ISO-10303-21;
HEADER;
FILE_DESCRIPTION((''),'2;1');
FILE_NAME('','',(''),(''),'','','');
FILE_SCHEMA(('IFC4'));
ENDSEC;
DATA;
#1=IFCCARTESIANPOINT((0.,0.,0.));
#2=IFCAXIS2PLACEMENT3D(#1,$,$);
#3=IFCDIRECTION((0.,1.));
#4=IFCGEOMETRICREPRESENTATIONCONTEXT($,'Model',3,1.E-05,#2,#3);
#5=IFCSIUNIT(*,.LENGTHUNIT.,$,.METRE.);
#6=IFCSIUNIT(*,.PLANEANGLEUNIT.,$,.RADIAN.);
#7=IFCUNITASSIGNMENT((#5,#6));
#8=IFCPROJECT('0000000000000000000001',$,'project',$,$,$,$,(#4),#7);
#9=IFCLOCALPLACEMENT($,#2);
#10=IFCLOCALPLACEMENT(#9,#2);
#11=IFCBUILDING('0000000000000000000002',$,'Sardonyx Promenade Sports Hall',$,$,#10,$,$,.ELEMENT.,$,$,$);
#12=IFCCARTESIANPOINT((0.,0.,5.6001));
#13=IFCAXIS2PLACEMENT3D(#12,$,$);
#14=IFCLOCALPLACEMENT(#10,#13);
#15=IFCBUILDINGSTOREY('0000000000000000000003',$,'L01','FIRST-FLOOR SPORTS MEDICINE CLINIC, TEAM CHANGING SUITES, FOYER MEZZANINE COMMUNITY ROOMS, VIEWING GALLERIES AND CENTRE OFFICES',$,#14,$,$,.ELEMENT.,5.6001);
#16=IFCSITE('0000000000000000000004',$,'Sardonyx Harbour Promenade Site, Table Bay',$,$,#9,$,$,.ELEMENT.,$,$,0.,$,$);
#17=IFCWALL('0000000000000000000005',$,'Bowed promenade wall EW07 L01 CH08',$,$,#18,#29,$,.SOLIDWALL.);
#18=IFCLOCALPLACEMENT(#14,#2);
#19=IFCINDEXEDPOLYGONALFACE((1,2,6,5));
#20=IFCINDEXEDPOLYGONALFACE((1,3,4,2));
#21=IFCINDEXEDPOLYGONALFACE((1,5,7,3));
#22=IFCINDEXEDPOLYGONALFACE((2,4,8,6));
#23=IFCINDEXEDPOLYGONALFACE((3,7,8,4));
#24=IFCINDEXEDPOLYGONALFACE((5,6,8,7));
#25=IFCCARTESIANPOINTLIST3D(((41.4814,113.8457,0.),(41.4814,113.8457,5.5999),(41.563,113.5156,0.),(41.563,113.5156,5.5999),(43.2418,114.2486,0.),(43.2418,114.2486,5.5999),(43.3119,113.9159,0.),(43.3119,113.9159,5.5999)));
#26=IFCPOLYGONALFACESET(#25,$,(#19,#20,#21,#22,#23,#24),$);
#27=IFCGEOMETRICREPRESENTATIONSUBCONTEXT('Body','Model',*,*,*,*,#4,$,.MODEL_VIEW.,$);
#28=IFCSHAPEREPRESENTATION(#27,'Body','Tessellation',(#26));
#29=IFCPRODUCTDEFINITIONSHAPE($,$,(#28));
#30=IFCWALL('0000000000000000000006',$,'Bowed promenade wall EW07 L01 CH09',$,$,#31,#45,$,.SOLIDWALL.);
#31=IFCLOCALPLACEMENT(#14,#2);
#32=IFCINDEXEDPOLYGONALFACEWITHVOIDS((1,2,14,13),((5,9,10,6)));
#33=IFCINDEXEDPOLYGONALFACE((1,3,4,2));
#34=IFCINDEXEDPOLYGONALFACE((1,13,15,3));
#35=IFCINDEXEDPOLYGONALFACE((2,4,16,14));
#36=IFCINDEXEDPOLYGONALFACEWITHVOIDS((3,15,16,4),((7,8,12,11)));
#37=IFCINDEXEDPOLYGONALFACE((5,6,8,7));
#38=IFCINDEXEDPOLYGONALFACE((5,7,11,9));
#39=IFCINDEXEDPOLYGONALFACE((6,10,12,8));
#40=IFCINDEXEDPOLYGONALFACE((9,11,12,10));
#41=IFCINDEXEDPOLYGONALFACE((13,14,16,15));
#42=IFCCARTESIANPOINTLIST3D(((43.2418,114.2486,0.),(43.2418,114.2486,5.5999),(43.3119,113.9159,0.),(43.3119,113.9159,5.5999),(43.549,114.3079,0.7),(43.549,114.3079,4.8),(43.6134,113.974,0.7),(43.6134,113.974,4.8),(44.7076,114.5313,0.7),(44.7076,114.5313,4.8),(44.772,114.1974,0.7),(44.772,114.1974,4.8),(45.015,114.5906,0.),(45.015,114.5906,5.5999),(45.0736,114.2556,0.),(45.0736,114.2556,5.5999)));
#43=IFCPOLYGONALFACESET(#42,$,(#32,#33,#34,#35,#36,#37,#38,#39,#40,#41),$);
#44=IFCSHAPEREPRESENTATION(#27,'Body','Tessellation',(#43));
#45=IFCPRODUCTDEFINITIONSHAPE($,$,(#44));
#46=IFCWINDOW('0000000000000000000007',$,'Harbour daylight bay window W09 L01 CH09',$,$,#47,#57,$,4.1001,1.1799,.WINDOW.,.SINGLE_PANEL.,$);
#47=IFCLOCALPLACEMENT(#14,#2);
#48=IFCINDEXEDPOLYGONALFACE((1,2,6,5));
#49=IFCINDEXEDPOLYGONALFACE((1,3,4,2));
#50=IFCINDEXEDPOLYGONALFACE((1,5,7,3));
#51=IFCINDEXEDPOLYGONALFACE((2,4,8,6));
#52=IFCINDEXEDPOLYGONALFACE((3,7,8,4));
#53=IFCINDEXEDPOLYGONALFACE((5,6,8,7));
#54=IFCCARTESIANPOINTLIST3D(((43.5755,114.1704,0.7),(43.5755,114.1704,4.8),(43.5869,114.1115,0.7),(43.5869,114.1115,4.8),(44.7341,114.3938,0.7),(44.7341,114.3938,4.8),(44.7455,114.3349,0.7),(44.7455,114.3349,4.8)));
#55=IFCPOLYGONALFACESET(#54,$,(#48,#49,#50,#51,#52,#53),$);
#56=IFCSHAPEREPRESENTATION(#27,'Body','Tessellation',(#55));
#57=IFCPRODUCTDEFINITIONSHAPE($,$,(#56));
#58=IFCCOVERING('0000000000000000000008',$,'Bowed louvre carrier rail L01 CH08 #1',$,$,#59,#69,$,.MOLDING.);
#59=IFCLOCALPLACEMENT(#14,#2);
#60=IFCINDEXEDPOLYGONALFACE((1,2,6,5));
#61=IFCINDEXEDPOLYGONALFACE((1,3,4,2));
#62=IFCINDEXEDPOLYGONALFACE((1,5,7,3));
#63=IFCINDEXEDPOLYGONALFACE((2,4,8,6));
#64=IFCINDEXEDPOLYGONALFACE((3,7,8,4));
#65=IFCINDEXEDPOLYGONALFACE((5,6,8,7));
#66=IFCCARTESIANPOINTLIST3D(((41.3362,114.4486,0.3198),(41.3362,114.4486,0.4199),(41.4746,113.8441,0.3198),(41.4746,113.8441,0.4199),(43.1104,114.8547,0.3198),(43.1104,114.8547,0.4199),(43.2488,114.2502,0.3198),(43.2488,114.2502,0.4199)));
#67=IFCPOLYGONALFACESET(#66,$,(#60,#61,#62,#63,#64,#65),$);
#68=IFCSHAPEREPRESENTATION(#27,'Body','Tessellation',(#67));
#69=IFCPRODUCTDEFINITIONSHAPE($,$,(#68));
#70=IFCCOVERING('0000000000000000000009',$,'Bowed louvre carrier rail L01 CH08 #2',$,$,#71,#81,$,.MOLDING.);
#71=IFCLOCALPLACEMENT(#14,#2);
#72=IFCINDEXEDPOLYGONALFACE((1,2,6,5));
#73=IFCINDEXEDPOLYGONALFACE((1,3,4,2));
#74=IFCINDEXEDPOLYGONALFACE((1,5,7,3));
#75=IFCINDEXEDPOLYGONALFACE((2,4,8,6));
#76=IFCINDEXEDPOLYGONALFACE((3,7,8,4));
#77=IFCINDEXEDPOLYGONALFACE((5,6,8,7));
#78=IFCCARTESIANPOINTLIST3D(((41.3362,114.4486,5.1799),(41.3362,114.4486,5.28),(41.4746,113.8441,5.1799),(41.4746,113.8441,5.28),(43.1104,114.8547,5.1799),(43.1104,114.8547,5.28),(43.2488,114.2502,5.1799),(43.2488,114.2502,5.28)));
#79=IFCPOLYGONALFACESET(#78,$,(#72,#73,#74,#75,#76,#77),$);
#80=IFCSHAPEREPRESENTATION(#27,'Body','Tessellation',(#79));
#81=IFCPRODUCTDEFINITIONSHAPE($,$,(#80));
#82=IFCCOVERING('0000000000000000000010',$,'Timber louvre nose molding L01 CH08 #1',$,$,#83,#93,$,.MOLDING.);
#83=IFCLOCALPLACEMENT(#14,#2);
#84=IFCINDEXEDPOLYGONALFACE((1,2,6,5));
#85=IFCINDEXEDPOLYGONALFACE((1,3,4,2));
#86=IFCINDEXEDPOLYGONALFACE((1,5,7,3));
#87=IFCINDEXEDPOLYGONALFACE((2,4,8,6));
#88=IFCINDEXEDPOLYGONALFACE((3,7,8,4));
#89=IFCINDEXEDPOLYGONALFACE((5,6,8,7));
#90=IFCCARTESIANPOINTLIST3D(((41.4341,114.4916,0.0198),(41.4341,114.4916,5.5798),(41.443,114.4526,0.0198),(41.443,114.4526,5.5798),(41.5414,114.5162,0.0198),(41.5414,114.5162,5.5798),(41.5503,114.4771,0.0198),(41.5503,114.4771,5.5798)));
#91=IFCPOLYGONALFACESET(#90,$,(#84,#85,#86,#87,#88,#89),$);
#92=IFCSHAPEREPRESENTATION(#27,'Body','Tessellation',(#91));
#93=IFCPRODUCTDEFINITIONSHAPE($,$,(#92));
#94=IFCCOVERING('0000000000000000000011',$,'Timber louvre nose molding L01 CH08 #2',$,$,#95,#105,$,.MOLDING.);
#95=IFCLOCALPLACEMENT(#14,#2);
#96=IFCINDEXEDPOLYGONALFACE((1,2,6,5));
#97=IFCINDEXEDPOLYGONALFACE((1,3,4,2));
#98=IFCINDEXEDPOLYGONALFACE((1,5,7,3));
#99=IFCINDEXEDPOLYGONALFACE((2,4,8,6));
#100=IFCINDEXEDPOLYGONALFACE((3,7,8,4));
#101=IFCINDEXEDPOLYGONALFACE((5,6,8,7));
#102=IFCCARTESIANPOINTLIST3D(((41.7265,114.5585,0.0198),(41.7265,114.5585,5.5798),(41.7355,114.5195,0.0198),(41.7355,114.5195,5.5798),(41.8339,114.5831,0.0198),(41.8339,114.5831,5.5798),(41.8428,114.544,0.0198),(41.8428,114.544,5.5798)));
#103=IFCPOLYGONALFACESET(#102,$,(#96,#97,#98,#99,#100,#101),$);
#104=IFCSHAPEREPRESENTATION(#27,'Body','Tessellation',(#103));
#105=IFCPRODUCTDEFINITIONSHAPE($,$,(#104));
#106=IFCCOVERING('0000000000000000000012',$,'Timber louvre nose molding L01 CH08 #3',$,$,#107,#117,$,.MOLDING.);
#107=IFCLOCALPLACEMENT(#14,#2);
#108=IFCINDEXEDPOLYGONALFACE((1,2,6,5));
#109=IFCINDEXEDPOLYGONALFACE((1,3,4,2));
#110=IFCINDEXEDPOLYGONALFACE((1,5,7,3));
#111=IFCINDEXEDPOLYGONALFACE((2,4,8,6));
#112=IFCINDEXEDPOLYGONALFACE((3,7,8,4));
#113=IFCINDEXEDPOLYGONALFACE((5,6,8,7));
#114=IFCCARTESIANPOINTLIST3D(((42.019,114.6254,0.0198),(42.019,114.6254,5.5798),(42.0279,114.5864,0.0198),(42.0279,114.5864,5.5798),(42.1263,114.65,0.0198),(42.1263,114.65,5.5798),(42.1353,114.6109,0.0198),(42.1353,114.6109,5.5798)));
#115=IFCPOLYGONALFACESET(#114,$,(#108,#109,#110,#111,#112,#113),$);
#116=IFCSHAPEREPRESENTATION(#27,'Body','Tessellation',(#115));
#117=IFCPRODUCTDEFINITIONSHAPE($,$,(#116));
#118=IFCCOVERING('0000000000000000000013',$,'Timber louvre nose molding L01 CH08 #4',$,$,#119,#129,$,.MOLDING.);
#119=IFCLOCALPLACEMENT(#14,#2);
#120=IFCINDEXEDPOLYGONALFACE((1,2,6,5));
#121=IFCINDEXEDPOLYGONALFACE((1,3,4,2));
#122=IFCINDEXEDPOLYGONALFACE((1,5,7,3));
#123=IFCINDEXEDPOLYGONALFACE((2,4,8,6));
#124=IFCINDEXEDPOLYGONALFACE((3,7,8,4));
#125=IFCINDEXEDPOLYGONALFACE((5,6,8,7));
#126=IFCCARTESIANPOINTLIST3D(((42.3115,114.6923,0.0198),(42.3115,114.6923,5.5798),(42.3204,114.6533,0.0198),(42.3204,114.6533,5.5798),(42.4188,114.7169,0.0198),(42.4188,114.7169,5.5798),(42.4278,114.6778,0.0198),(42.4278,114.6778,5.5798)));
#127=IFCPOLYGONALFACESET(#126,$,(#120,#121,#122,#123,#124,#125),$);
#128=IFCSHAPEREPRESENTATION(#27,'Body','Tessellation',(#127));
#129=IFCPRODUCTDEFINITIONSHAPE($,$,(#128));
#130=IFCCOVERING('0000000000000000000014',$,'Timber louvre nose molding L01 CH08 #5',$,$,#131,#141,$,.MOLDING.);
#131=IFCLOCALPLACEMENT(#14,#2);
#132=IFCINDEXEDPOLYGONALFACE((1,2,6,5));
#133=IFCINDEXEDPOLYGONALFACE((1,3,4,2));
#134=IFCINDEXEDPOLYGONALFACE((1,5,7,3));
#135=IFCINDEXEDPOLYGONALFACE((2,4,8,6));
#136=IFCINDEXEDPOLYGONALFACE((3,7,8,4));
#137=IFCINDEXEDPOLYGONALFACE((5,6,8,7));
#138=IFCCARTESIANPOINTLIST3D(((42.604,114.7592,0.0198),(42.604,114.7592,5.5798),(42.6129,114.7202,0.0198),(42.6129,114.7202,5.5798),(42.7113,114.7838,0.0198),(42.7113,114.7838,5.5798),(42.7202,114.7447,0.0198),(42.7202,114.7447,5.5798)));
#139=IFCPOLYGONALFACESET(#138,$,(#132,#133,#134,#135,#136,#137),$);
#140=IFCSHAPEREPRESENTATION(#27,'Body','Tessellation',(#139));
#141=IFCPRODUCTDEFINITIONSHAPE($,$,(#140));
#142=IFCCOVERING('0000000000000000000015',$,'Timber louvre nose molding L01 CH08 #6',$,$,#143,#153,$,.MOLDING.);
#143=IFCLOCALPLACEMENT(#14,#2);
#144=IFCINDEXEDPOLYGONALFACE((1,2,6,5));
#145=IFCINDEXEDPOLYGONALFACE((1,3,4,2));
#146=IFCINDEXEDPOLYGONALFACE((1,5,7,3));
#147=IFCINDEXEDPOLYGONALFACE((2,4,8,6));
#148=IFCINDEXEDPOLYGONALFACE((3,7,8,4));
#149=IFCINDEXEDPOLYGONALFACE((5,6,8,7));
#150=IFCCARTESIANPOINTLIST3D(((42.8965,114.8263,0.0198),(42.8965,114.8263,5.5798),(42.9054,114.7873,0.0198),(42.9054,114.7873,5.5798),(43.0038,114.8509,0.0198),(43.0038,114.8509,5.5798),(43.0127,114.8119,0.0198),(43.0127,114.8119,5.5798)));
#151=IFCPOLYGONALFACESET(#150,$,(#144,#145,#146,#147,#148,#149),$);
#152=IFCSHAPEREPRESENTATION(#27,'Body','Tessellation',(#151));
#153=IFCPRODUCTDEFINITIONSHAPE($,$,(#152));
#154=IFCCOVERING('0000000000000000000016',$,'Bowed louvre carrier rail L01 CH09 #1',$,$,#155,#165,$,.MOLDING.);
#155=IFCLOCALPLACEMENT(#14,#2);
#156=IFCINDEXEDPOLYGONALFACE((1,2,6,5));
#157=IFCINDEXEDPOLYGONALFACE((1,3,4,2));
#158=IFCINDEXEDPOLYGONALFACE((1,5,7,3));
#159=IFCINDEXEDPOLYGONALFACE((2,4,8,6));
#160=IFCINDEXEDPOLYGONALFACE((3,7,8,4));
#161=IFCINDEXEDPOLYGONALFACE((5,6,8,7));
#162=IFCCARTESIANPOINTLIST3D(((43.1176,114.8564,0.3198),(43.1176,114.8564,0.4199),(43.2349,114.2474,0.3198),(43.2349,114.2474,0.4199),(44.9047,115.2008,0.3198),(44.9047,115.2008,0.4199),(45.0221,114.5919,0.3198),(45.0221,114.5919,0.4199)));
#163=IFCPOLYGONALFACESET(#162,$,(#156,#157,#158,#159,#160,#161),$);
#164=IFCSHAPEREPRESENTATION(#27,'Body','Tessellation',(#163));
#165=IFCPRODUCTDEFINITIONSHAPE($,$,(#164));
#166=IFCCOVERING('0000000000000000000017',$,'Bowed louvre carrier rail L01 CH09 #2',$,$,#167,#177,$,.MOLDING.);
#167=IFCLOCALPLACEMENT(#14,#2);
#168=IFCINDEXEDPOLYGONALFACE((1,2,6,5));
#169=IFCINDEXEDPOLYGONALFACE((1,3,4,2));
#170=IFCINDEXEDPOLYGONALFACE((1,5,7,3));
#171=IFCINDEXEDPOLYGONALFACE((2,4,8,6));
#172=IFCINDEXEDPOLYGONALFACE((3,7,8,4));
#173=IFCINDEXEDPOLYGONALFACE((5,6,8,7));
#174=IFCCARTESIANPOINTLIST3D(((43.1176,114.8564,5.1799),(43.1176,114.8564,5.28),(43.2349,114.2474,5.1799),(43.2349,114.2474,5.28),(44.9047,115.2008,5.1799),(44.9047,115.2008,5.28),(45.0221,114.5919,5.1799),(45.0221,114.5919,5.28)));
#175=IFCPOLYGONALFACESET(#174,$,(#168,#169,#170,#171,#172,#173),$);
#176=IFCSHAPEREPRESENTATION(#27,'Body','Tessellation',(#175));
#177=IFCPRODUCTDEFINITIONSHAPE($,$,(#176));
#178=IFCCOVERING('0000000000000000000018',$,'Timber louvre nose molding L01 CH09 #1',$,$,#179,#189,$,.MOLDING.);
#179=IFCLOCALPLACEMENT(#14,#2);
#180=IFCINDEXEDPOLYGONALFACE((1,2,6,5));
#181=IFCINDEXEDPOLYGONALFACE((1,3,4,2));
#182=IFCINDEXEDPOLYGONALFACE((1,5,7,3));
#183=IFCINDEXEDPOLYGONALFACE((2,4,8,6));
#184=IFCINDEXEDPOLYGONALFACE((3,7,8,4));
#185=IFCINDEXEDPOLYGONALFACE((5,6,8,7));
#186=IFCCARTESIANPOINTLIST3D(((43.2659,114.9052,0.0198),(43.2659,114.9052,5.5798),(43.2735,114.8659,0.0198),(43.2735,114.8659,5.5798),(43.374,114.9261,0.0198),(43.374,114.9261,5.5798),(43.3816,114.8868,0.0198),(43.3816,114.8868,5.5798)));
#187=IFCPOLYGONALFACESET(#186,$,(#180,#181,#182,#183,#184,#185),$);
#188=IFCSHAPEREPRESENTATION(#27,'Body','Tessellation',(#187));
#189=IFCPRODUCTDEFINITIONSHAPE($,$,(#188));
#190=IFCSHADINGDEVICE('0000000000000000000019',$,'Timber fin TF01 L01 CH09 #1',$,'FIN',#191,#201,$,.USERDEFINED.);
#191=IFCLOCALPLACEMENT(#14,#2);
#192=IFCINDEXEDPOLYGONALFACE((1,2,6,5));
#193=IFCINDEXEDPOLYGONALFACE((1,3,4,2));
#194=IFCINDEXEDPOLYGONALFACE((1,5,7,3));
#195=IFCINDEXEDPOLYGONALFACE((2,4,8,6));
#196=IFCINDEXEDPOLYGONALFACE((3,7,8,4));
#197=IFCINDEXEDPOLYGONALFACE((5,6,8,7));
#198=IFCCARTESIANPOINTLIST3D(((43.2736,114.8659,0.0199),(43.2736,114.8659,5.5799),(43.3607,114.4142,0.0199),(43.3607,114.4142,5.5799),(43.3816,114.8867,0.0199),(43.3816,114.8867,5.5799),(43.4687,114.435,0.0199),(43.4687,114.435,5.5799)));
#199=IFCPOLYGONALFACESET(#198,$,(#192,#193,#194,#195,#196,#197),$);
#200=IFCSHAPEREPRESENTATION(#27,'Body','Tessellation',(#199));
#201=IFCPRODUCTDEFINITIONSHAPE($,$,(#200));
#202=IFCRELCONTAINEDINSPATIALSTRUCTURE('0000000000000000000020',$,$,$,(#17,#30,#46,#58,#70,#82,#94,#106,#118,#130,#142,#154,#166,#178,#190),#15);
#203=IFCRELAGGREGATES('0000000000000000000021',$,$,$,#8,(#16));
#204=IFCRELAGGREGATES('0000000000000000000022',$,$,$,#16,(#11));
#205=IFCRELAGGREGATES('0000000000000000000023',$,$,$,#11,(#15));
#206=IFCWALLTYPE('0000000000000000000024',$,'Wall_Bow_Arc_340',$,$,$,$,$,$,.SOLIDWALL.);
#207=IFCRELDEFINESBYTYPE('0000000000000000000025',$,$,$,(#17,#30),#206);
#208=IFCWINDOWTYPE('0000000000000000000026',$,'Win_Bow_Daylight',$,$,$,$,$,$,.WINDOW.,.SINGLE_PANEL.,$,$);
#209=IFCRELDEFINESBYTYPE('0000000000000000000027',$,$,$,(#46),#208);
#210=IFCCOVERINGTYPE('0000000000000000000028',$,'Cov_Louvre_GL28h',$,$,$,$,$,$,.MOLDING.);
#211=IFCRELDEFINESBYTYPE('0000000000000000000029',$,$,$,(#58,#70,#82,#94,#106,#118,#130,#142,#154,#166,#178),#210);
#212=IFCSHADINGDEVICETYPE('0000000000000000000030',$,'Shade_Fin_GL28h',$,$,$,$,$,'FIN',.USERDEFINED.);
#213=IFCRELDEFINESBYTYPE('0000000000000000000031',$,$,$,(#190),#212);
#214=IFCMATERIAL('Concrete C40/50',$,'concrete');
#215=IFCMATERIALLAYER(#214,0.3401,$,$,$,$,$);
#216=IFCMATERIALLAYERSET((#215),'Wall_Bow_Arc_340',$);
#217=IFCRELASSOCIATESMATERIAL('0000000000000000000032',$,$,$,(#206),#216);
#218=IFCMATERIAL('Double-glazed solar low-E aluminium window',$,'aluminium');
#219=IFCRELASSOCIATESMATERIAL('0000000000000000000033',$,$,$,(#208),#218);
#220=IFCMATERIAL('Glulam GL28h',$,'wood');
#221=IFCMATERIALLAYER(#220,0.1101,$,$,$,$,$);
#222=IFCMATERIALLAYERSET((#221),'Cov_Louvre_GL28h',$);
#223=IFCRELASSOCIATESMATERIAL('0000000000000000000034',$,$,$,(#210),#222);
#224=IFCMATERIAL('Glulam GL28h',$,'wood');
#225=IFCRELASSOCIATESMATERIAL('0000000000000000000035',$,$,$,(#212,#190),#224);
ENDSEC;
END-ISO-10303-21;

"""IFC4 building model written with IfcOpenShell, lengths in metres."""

from ifc_helpers import new_model, si_unit, direction, frame, frame_2d, origin, origin_2d, place, context, subcontext, project, spatial, polyline, rectangle, outline, extrude, material, layer, layer_set, type_object, element, fill, save


model = new_model("IFC4")

# Units and contexts
model_context = context("Model", 3, precision=1e-05, world=origin(), true_north=direction((0.0, 1.0)))
body_context = subcontext(model_context, "Body", "Model", "MODEL_VIEW")
ifc_project = project(units=[si_unit("LENGTHUNIT", "METRE"), si_unit("PLANEANGLEUNIT", "RADIAN")], contexts=[model_context])

# Site, building, storey
site_placement = place(None, origin())
site = spatial("IfcSite", under=ifc_project, at=site_placement, Name="Sardonyx Harbour Promenade Site, Table Bay", CompositionType="ELEMENT", RefElevation=0.0)
building_placement = place(site_placement, origin())
building = spatial("IfcBuilding", under=site, at=building_placement, Name="Sardonyx Promenade Sports Hall", CompositionType="ELEMENT")
storey_placement = place(building_placement, frame((0.0, 0.0, 5.6001)))
storey = spatial("IfcBuildingStorey", under=building, at=storey_placement, Name="L01", Description="FIRST-FLOOR SPORTS MEDICINE CLINIC, TEAM CHANGING SUITES, FOYER MEZZANINE COMMUNITY ROOMS, VIEWING GALLERIES AND CENTRE OFFICES", CompositionType="ELEMENT", Elevation=5.6001)

# Wall
ifc_material_1 = material(Name="Concrete C40/50", Category="concrete")
ifc_layer_1 = layer(ifc_material_1, 0.3401)
ifc_layer_set_1 = layer_set([ifc_layer_1], Name="Wall_Bow_Arc_340")
wall_type = type_object("IfcWallType", Name="Wall_Bow_Arc_340", PredefinedType="SOLIDWALL", material=ifc_layer_set_1)
wall_1_placement = place(storey_placement, frame((41.5222, 113.6807, 0.0), z_axis=(0.0, 0.0, 1.0), x_axis=(0.974792, 0.223116, 0.0)))
element("IfcWall", 1, at=wall_1_placement, inside=storey, type_object=wall_type, Name="Bowed promenade wall EW07 L01 CH08", PredefinedType="SOLIDWALL", context=body_context, shape_type="SweptSolid", body=[
    extrude(outline(polyline([(0.0029, -0.17), (1.7971, -0.17), (1.8029, 0.17), (-0.0029, 0.17), (0.0029, -0.17)])), origin(), (0.0, 0.0, 1.0), 5.5999),
])

# Wall, opening, window
wall_2_placement = place(storey_placement, frame((43.2769, 114.0823, 0.0), z_axis=(0.0, 0.0, 1.0), x_axis=(0.981913, 0.18933, 0.0)))
wall_2 = element("IfcWall", 2, at=wall_2_placement, inside=storey, type_object=wall_type, Name="Bowed promenade wall EW07 L01 CH09", PredefinedType="SOLIDWALL", context=body_context, shape_type="SweptSolid", body=[
    extrude(outline(polyline([(0.0029, -0.17), (1.7971, -0.17), (1.8029, 0.17), (-0.0029, 0.17), (0.0029, -0.17)])), origin(), (0.0, 0.0, 1.0), 5.5999),
])
opening_placement = place(wall_2_placement, frame((0.3101, 0.0, 0.7)))
opening = element("IfcOpeningElement", 3, at=opening_placement, cuts=wall_2, PredefinedType="OPENING", context=body_context, shape_type="SweptSolid", body=[
    extrude(rectangle(XDim=1.1799, YDim=4.1001, at=frame_2d((0.5898, 2.05))), frame((0.0, 0.18, 0.0), z_axis=(0.0, -1.0, 0.0), x_axis=(1.0, 0.0, 0.0)), (0.0, 0.0, 1.0), 0.36),
])
ifc_material_2 = material(Name="Double-glazed solar low-E aluminium window", Category="aluminium")
window_type = type_object("IfcWindowType", Name="Win_Bow_Daylight", PartitioningType="SINGLE_PANEL", PredefinedType="WINDOW", material=ifc_material_2)
window_placement = place(opening_placement, origin())
window = element("IfcWindow", 4, at=window_placement, inside=storey, type_object=window_type, Name="Harbour daylight bay window W09 L01 CH09", OverallHeight=4.1001, OverallWidth=1.1799, PartitioningType="SINGLE_PANEL", PredefinedType="WINDOW", context=body_context, shape_type="SweptSolid", body=[
    extrude(rectangle(XDim=1.1799, YDim=4.1001, at=frame_2d((0.5898, 2.05))), frame((0.0, 0.03, 0.0), z_axis=(0.0, -1.0, 0.0), x_axis=(1.0, 0.0, 0.0)), (0.0, 0.0, 1.0), 0.0601),
])
fill(opening, window)

# Coverings
ifc_material_3 = material(Name="Glulam GL28h", Category="wood")
ifc_layer_2 = layer(ifc_material_3, 0.1101)
ifc_layer_set_2 = layer_set([ifc_layer_2], Name="Cov_Louvre_GL28h")
covering_type = type_object("IfcCoveringType", Name="Cov_Louvre_GL28h", PredefinedType="MOLDING", material=ifc_layer_set_2)
for number, where, z_axis, x_axis, name in (
    (5, (42.2925, 114.3494, 0.3198), (0.0, 0.0, 1.0), (0.974792, 0.223117, 0.0), "Bowed louvre carrier rail L01 CH08 #1"),
    (6, (42.2925, 114.3494, 5.1799), (0.0, 0.0, 1.0), (0.974792, 0.223117, 0.0), "Bowed louvre carrier rail L01 CH08 #2"),
):
    element("IfcCovering", number, at=place(storey_placement, frame(where, z_axis=z_axis, x_axis=x_axis)), inside=storey, type_object=covering_type, Name=name, PredefinedType="MOLDING", context=body_context, shape_type="SweptSolid", body=[
        extrude(rectangle(XDim=1.8201, YDim=0.6201, at=origin_2d()), origin(), (0.0, 0.0, 1.0), 0.1001),
    ])
for number, where, z_axis, x_axis, name in (
    (7, (41.4922, 114.4844, 0.0198), (0.0, 0.0, 1.0), (0.974792, 0.223117, 0.0), "Timber louvre nose molding L01 CH08 #1"),
    (8, (41.7847, 114.5513, 0.0198), (0.0, 0.0, 1.0), (0.974792, 0.223117, 0.0), "Timber louvre nose molding L01 CH08 #2"),
    (9, (42.0771, 114.6182, 0.0198), (0.0, 0.0, 1.0), (0.974792, 0.223117, 0.0), "Timber louvre nose molding L01 CH08 #3"),
    (10, (42.3696, 114.6851, 0.0198), (0.0, 0.0, 1.0), (0.974792, 0.223117, 0.0), "Timber louvre nose molding L01 CH08 #4"),
    (11, (42.6621, 114.752, 0.0198), (0.0, 0.0, 1.0), (0.974792, 0.223117, 0.0), "Timber louvre nose molding L01 CH08 #5"),
    (12, (42.9546, 114.8191, 0.0198), (0.0, 0.0, 1.0), (0.974792, 0.223117, 0.0), "Timber louvre nose molding L01 CH08 #6"),
):
    element("IfcCovering", number, at=place(storey_placement, frame(where, z_axis=z_axis, x_axis=x_axis)), inside=storey, type_object=covering_type, Name=name, PredefinedType="MOLDING", context=body_context, shape_type="SweptSolid", body=[
        extrude(rectangle(XDim=0.1101, YDim=0.04, at=origin_2d()), origin(), (0.0, 0.0, 1.0), 5.5601),
    ])
for number, where, z_axis, x_axis, name in (
    (13, (44.0698, 114.7241, 0.3198), (0.0, 0.0, 1.0), (0.98193, 0.189246, 0.0), "Bowed louvre carrier rail L01 CH09 #1"),
    (14, (44.0698, 114.7241, 5.1799), (0.0, 0.0, 1.0), (0.98193, 0.189246, 0.0), "Bowed louvre carrier rail L01 CH09 #2"),
):
    element("IfcCovering", number, at=place(storey_placement, frame(where, z_axis=z_axis, x_axis=x_axis)), inside=storey, type_object=covering_type, Name=name, PredefinedType="MOLDING", context=body_context, shape_type="SweptSolid", body=[
        extrude(rectangle(XDim=1.8201, YDim=0.6201, at=origin_2d()), origin(), (0.0, 0.0, 1.0), 0.1001),
    ])
covering_placement = place(storey_placement, frame((43.3237, 114.896, 0.0198), z_axis=(0.0, 0.0, 1.0), x_axis=(0.98193, 0.189246, 0.0)))
element("IfcCovering", 15, at=covering_placement, inside=storey, type_object=covering_type, Name="Timber louvre nose molding L01 CH09 #1", PredefinedType="MOLDING", context=body_context, shape_type="SweptSolid", body=[
    extrude(rectangle(XDim=0.1101, YDim=0.04, at=origin_2d()), origin(), (0.0, 0.0, 1.0), 5.5601),
])

# Shading device
ifc_material_4 = material(Name="Glulam GL28h", Category="wood")
shading_device_type_1 = type_object("IfcShadingDeviceType", Name="Shade_Fin_GL28h", ElementType="FIN", PredefinedType="USERDEFINED", material=ifc_material_4)
shading_device_placement = place(storey_placement, frame((43.3711, 114.6505, 0.0199), z_axis=(0.0, 0.0, 1.0), x_axis=(0.98193, 0.189246, 0.0)))
element("IfcShadingDevice", 16, at=shading_device_placement, inside=storey, type_object=shading_device_type_1, material=ifc_material_4, Name="Timber fin TF01 L01 CH09 #1", ObjectType="FIN", PredefinedType="USERDEFINED", context=body_context, shape_type="SweptSolid", body=[
    extrude(rectangle(XDim=0.11, YDim=0.46), origin(), (0.0, 0.0, 1.0), 5.56),
])

save(model, "model.ifc")
